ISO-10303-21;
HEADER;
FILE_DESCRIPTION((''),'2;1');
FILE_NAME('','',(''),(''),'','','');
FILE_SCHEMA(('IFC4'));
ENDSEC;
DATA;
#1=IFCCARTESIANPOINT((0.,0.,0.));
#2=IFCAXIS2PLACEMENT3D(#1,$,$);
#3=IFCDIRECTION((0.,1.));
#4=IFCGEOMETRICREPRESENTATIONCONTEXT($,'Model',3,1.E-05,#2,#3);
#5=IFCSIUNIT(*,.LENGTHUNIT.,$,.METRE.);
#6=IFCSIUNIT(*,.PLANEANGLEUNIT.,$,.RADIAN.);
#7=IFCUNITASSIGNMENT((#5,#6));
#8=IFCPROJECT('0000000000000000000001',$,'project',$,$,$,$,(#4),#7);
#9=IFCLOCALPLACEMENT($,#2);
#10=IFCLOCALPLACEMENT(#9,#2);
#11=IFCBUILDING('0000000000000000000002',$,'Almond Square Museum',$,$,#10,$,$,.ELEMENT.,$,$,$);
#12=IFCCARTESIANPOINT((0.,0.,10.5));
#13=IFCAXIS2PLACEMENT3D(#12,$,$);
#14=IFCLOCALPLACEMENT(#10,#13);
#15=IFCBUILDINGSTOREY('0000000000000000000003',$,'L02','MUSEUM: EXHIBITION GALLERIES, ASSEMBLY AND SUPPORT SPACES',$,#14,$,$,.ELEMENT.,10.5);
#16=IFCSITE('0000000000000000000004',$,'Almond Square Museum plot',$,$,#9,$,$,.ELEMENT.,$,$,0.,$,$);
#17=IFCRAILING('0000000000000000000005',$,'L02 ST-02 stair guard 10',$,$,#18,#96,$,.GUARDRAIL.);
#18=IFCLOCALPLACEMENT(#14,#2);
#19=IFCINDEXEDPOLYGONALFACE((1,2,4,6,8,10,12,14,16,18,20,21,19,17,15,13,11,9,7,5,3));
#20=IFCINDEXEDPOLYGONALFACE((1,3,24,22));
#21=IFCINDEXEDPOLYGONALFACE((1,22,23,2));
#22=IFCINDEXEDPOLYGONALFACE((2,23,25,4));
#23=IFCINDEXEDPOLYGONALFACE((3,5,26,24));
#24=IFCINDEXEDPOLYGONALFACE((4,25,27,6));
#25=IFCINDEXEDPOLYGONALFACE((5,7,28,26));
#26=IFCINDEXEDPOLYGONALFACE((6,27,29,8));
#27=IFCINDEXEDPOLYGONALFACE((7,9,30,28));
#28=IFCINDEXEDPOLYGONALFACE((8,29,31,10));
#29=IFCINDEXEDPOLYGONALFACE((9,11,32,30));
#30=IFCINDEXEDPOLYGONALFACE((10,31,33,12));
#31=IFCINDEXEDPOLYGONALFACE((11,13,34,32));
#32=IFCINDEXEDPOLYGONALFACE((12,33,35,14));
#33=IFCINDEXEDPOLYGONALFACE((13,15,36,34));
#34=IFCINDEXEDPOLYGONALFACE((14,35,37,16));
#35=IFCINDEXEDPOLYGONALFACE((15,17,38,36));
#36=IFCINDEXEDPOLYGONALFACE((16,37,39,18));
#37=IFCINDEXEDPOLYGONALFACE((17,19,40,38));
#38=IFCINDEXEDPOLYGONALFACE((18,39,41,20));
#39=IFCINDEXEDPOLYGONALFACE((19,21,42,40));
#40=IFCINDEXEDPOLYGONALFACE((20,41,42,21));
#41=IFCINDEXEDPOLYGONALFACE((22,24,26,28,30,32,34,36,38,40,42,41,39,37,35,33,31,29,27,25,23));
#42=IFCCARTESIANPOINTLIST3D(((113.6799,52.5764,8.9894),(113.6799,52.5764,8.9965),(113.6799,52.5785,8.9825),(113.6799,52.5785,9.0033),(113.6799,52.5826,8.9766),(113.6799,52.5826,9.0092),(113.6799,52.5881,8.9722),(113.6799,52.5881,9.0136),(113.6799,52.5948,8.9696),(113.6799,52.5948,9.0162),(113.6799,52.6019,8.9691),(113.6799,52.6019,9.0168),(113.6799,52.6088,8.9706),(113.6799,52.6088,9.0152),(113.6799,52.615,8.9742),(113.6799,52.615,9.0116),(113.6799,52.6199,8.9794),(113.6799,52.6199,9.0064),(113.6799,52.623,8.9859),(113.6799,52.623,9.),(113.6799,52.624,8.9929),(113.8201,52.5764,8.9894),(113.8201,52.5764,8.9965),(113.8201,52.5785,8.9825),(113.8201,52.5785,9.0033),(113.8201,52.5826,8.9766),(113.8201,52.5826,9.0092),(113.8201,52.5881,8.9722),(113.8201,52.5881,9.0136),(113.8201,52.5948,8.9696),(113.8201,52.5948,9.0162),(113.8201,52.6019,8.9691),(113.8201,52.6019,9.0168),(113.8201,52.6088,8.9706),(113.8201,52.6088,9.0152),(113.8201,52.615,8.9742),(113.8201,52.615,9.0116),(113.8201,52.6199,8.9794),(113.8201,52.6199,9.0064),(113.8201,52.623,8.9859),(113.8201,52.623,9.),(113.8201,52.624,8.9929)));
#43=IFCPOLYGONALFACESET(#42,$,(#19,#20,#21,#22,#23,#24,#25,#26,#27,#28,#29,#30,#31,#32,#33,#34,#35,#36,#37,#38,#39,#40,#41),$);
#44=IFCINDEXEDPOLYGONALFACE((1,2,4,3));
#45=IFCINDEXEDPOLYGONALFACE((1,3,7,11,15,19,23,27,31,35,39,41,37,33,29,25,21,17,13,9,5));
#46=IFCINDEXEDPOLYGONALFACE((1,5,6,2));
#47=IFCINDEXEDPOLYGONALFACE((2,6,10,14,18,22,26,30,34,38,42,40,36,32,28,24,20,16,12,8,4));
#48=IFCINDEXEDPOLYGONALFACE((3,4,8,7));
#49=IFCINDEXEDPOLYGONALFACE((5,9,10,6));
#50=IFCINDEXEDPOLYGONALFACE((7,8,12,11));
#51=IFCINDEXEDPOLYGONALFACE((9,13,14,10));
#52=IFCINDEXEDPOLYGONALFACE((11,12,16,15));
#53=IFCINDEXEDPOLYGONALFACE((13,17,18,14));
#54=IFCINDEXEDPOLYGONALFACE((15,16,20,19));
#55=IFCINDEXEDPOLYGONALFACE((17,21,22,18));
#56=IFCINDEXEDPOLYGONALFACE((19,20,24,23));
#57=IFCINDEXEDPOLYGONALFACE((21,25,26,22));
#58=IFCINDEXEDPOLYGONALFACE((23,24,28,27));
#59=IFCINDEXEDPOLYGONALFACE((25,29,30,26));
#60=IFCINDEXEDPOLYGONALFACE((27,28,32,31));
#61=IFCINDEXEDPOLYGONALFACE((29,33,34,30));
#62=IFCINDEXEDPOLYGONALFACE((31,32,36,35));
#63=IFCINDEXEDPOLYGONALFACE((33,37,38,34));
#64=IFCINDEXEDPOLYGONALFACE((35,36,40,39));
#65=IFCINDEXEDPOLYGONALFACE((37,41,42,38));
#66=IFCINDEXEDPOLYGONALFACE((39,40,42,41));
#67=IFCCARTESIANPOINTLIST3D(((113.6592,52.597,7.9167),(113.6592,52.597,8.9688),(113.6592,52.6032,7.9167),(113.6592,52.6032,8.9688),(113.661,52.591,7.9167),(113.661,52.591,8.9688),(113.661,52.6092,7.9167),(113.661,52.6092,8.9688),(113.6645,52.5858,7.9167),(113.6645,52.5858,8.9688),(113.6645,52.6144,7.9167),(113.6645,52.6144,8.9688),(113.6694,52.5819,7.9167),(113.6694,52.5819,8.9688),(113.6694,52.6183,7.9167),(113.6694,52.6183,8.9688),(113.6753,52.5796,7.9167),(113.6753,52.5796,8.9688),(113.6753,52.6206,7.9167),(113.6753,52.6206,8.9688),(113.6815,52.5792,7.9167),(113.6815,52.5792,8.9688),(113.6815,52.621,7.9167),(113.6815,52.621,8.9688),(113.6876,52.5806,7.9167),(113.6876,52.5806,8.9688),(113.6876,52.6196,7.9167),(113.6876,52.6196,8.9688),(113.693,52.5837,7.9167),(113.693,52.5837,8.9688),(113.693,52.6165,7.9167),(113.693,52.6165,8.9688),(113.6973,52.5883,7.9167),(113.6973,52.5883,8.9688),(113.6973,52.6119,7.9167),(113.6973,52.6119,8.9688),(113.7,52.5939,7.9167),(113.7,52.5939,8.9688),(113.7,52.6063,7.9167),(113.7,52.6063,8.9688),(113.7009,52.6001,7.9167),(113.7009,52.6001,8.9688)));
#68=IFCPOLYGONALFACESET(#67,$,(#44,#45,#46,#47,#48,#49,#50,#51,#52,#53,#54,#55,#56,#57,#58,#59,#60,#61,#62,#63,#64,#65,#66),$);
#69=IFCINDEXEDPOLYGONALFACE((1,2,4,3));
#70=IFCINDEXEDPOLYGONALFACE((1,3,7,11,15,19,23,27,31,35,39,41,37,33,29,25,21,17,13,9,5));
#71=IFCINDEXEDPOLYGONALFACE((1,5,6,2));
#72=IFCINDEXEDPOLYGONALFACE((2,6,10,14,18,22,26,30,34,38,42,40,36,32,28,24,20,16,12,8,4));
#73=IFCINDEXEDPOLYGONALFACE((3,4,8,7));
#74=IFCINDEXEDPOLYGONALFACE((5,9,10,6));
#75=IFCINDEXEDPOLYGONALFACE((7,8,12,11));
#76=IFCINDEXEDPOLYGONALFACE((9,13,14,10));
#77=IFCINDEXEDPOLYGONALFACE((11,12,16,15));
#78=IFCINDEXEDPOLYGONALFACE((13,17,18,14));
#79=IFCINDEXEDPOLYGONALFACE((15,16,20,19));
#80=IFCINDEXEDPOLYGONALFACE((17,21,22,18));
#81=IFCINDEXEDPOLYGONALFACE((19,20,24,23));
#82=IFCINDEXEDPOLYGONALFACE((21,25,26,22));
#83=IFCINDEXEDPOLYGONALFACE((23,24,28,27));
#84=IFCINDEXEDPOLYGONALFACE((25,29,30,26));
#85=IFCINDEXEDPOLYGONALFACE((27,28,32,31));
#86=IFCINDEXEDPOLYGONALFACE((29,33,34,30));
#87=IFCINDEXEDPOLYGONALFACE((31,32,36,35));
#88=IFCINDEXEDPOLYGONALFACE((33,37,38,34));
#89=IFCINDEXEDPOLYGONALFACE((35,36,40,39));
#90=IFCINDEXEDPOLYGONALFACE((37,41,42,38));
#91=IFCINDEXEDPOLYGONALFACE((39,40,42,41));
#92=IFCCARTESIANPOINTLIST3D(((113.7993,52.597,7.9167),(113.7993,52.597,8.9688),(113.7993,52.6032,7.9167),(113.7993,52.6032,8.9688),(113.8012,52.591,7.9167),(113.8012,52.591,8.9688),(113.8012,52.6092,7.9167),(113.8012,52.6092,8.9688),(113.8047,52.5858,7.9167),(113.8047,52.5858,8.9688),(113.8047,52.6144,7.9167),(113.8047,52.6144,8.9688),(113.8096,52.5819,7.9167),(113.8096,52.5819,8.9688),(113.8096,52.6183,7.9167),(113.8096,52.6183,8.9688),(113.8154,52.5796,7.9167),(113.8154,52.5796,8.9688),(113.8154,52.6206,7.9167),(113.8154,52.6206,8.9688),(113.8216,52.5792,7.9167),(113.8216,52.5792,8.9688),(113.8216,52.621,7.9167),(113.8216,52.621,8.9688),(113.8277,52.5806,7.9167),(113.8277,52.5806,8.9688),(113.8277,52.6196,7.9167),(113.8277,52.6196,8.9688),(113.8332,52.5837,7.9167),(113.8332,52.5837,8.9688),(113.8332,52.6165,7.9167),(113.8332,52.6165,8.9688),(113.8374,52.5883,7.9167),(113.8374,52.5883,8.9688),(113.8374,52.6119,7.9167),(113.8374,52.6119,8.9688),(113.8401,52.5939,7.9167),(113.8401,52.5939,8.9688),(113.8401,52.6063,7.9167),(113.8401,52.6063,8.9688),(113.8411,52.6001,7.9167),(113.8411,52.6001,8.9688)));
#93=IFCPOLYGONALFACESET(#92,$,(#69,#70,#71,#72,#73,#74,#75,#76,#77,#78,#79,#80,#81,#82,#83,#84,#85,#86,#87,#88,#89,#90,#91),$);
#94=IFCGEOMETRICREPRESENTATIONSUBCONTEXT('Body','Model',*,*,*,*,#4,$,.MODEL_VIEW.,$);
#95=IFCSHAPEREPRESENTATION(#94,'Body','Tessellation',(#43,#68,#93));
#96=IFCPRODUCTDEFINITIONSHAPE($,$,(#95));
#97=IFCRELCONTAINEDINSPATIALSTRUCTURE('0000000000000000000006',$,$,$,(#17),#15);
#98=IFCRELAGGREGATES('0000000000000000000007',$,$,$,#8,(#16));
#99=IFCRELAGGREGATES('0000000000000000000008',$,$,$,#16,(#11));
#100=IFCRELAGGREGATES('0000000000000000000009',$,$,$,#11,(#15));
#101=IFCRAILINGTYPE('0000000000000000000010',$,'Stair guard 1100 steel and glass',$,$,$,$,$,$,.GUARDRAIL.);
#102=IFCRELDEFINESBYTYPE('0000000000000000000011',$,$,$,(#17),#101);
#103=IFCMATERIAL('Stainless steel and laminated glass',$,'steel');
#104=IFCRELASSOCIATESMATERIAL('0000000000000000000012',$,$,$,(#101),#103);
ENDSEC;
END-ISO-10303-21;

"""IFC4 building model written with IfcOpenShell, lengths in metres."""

from ifc_helpers import new_model, si_unit, direction, frame, origin, origin_2d, place, context, subcontext, project, spatial, circle, extrude, material, type_object, element, save


model = new_model("IFC4")

# Units and contexts
model_context = context("Model", 3, precision=1e-05, world=origin(), true_north=direction((0.0, 1.0)))
body_context = subcontext(model_context, "Body", "Model", "MODEL_VIEW")
ifc_project = project(units=[si_unit("LENGTHUNIT", "METRE"), si_unit("PLANEANGLEUNIT", "RADIAN")], contexts=[model_context])

# Site, building, storey
site_placement = place(None, origin())
site = spatial("IfcSite", under=ifc_project, at=site_placement, Name="Almond Square Museum plot", CompositionType="ELEMENT", RefElevation=0.0)
building_placement = place(site_placement, origin())
building = spatial("IfcBuilding", under=site, at=building_placement, Name="Almond Square Museum", CompositionType="ELEMENT")
storey_placement = place(building_placement, frame((0.0, 0.0, 10.5)))
storey = spatial("IfcBuildingStorey", under=building, at=storey_placement, Name="L02", Description="MUSEUM: EXHIBITION GALLERIES, ASSEMBLY AND SUPPORT SPACES", CompositionType="ELEMENT", Elevation=10.5)

# Railing
ifc_material_1 = material(Name="Stainless steel and laminated glass", Category="steel")
railing_type_1 = type_object("IfcRailingType", Name="Stair guard 1100 steel and glass", PredefinedType="GUARDRAIL", material=ifc_material_1)
railing_1_placement = place(storey_placement, frame((113.6799, 52.6001, 7.9167)))
element("IfcRailing", 1, at=railing_1_placement, inside=storey, type_object=railing_type_1, Name="L02 ST-02 stair guard 10", PredefinedType="GUARDRAIL", context=body_context, shape_type="SweptSolid", body=[
    extrude(circle(Radius=0.0239, at=origin_2d()), frame((0.0, 0.0, 1.0762), z_axis=(1.0, 0.0, 0.0), x_axis=(0.0, 1.0, 0.0)), (0.0, 0.0, 1.0), 0.1401),
    extrude(circle(Radius=0.021, at=origin_2d()), origin(), (0.0, 0.0, 1.0), 1.052),
    extrude(circle(Radius=0.021, at=origin_2d()), frame((0.1401, 0.0, 0.0)), (0.0, 0.0, 1.0), 1.052),
])

save(model, "model.ifc")
